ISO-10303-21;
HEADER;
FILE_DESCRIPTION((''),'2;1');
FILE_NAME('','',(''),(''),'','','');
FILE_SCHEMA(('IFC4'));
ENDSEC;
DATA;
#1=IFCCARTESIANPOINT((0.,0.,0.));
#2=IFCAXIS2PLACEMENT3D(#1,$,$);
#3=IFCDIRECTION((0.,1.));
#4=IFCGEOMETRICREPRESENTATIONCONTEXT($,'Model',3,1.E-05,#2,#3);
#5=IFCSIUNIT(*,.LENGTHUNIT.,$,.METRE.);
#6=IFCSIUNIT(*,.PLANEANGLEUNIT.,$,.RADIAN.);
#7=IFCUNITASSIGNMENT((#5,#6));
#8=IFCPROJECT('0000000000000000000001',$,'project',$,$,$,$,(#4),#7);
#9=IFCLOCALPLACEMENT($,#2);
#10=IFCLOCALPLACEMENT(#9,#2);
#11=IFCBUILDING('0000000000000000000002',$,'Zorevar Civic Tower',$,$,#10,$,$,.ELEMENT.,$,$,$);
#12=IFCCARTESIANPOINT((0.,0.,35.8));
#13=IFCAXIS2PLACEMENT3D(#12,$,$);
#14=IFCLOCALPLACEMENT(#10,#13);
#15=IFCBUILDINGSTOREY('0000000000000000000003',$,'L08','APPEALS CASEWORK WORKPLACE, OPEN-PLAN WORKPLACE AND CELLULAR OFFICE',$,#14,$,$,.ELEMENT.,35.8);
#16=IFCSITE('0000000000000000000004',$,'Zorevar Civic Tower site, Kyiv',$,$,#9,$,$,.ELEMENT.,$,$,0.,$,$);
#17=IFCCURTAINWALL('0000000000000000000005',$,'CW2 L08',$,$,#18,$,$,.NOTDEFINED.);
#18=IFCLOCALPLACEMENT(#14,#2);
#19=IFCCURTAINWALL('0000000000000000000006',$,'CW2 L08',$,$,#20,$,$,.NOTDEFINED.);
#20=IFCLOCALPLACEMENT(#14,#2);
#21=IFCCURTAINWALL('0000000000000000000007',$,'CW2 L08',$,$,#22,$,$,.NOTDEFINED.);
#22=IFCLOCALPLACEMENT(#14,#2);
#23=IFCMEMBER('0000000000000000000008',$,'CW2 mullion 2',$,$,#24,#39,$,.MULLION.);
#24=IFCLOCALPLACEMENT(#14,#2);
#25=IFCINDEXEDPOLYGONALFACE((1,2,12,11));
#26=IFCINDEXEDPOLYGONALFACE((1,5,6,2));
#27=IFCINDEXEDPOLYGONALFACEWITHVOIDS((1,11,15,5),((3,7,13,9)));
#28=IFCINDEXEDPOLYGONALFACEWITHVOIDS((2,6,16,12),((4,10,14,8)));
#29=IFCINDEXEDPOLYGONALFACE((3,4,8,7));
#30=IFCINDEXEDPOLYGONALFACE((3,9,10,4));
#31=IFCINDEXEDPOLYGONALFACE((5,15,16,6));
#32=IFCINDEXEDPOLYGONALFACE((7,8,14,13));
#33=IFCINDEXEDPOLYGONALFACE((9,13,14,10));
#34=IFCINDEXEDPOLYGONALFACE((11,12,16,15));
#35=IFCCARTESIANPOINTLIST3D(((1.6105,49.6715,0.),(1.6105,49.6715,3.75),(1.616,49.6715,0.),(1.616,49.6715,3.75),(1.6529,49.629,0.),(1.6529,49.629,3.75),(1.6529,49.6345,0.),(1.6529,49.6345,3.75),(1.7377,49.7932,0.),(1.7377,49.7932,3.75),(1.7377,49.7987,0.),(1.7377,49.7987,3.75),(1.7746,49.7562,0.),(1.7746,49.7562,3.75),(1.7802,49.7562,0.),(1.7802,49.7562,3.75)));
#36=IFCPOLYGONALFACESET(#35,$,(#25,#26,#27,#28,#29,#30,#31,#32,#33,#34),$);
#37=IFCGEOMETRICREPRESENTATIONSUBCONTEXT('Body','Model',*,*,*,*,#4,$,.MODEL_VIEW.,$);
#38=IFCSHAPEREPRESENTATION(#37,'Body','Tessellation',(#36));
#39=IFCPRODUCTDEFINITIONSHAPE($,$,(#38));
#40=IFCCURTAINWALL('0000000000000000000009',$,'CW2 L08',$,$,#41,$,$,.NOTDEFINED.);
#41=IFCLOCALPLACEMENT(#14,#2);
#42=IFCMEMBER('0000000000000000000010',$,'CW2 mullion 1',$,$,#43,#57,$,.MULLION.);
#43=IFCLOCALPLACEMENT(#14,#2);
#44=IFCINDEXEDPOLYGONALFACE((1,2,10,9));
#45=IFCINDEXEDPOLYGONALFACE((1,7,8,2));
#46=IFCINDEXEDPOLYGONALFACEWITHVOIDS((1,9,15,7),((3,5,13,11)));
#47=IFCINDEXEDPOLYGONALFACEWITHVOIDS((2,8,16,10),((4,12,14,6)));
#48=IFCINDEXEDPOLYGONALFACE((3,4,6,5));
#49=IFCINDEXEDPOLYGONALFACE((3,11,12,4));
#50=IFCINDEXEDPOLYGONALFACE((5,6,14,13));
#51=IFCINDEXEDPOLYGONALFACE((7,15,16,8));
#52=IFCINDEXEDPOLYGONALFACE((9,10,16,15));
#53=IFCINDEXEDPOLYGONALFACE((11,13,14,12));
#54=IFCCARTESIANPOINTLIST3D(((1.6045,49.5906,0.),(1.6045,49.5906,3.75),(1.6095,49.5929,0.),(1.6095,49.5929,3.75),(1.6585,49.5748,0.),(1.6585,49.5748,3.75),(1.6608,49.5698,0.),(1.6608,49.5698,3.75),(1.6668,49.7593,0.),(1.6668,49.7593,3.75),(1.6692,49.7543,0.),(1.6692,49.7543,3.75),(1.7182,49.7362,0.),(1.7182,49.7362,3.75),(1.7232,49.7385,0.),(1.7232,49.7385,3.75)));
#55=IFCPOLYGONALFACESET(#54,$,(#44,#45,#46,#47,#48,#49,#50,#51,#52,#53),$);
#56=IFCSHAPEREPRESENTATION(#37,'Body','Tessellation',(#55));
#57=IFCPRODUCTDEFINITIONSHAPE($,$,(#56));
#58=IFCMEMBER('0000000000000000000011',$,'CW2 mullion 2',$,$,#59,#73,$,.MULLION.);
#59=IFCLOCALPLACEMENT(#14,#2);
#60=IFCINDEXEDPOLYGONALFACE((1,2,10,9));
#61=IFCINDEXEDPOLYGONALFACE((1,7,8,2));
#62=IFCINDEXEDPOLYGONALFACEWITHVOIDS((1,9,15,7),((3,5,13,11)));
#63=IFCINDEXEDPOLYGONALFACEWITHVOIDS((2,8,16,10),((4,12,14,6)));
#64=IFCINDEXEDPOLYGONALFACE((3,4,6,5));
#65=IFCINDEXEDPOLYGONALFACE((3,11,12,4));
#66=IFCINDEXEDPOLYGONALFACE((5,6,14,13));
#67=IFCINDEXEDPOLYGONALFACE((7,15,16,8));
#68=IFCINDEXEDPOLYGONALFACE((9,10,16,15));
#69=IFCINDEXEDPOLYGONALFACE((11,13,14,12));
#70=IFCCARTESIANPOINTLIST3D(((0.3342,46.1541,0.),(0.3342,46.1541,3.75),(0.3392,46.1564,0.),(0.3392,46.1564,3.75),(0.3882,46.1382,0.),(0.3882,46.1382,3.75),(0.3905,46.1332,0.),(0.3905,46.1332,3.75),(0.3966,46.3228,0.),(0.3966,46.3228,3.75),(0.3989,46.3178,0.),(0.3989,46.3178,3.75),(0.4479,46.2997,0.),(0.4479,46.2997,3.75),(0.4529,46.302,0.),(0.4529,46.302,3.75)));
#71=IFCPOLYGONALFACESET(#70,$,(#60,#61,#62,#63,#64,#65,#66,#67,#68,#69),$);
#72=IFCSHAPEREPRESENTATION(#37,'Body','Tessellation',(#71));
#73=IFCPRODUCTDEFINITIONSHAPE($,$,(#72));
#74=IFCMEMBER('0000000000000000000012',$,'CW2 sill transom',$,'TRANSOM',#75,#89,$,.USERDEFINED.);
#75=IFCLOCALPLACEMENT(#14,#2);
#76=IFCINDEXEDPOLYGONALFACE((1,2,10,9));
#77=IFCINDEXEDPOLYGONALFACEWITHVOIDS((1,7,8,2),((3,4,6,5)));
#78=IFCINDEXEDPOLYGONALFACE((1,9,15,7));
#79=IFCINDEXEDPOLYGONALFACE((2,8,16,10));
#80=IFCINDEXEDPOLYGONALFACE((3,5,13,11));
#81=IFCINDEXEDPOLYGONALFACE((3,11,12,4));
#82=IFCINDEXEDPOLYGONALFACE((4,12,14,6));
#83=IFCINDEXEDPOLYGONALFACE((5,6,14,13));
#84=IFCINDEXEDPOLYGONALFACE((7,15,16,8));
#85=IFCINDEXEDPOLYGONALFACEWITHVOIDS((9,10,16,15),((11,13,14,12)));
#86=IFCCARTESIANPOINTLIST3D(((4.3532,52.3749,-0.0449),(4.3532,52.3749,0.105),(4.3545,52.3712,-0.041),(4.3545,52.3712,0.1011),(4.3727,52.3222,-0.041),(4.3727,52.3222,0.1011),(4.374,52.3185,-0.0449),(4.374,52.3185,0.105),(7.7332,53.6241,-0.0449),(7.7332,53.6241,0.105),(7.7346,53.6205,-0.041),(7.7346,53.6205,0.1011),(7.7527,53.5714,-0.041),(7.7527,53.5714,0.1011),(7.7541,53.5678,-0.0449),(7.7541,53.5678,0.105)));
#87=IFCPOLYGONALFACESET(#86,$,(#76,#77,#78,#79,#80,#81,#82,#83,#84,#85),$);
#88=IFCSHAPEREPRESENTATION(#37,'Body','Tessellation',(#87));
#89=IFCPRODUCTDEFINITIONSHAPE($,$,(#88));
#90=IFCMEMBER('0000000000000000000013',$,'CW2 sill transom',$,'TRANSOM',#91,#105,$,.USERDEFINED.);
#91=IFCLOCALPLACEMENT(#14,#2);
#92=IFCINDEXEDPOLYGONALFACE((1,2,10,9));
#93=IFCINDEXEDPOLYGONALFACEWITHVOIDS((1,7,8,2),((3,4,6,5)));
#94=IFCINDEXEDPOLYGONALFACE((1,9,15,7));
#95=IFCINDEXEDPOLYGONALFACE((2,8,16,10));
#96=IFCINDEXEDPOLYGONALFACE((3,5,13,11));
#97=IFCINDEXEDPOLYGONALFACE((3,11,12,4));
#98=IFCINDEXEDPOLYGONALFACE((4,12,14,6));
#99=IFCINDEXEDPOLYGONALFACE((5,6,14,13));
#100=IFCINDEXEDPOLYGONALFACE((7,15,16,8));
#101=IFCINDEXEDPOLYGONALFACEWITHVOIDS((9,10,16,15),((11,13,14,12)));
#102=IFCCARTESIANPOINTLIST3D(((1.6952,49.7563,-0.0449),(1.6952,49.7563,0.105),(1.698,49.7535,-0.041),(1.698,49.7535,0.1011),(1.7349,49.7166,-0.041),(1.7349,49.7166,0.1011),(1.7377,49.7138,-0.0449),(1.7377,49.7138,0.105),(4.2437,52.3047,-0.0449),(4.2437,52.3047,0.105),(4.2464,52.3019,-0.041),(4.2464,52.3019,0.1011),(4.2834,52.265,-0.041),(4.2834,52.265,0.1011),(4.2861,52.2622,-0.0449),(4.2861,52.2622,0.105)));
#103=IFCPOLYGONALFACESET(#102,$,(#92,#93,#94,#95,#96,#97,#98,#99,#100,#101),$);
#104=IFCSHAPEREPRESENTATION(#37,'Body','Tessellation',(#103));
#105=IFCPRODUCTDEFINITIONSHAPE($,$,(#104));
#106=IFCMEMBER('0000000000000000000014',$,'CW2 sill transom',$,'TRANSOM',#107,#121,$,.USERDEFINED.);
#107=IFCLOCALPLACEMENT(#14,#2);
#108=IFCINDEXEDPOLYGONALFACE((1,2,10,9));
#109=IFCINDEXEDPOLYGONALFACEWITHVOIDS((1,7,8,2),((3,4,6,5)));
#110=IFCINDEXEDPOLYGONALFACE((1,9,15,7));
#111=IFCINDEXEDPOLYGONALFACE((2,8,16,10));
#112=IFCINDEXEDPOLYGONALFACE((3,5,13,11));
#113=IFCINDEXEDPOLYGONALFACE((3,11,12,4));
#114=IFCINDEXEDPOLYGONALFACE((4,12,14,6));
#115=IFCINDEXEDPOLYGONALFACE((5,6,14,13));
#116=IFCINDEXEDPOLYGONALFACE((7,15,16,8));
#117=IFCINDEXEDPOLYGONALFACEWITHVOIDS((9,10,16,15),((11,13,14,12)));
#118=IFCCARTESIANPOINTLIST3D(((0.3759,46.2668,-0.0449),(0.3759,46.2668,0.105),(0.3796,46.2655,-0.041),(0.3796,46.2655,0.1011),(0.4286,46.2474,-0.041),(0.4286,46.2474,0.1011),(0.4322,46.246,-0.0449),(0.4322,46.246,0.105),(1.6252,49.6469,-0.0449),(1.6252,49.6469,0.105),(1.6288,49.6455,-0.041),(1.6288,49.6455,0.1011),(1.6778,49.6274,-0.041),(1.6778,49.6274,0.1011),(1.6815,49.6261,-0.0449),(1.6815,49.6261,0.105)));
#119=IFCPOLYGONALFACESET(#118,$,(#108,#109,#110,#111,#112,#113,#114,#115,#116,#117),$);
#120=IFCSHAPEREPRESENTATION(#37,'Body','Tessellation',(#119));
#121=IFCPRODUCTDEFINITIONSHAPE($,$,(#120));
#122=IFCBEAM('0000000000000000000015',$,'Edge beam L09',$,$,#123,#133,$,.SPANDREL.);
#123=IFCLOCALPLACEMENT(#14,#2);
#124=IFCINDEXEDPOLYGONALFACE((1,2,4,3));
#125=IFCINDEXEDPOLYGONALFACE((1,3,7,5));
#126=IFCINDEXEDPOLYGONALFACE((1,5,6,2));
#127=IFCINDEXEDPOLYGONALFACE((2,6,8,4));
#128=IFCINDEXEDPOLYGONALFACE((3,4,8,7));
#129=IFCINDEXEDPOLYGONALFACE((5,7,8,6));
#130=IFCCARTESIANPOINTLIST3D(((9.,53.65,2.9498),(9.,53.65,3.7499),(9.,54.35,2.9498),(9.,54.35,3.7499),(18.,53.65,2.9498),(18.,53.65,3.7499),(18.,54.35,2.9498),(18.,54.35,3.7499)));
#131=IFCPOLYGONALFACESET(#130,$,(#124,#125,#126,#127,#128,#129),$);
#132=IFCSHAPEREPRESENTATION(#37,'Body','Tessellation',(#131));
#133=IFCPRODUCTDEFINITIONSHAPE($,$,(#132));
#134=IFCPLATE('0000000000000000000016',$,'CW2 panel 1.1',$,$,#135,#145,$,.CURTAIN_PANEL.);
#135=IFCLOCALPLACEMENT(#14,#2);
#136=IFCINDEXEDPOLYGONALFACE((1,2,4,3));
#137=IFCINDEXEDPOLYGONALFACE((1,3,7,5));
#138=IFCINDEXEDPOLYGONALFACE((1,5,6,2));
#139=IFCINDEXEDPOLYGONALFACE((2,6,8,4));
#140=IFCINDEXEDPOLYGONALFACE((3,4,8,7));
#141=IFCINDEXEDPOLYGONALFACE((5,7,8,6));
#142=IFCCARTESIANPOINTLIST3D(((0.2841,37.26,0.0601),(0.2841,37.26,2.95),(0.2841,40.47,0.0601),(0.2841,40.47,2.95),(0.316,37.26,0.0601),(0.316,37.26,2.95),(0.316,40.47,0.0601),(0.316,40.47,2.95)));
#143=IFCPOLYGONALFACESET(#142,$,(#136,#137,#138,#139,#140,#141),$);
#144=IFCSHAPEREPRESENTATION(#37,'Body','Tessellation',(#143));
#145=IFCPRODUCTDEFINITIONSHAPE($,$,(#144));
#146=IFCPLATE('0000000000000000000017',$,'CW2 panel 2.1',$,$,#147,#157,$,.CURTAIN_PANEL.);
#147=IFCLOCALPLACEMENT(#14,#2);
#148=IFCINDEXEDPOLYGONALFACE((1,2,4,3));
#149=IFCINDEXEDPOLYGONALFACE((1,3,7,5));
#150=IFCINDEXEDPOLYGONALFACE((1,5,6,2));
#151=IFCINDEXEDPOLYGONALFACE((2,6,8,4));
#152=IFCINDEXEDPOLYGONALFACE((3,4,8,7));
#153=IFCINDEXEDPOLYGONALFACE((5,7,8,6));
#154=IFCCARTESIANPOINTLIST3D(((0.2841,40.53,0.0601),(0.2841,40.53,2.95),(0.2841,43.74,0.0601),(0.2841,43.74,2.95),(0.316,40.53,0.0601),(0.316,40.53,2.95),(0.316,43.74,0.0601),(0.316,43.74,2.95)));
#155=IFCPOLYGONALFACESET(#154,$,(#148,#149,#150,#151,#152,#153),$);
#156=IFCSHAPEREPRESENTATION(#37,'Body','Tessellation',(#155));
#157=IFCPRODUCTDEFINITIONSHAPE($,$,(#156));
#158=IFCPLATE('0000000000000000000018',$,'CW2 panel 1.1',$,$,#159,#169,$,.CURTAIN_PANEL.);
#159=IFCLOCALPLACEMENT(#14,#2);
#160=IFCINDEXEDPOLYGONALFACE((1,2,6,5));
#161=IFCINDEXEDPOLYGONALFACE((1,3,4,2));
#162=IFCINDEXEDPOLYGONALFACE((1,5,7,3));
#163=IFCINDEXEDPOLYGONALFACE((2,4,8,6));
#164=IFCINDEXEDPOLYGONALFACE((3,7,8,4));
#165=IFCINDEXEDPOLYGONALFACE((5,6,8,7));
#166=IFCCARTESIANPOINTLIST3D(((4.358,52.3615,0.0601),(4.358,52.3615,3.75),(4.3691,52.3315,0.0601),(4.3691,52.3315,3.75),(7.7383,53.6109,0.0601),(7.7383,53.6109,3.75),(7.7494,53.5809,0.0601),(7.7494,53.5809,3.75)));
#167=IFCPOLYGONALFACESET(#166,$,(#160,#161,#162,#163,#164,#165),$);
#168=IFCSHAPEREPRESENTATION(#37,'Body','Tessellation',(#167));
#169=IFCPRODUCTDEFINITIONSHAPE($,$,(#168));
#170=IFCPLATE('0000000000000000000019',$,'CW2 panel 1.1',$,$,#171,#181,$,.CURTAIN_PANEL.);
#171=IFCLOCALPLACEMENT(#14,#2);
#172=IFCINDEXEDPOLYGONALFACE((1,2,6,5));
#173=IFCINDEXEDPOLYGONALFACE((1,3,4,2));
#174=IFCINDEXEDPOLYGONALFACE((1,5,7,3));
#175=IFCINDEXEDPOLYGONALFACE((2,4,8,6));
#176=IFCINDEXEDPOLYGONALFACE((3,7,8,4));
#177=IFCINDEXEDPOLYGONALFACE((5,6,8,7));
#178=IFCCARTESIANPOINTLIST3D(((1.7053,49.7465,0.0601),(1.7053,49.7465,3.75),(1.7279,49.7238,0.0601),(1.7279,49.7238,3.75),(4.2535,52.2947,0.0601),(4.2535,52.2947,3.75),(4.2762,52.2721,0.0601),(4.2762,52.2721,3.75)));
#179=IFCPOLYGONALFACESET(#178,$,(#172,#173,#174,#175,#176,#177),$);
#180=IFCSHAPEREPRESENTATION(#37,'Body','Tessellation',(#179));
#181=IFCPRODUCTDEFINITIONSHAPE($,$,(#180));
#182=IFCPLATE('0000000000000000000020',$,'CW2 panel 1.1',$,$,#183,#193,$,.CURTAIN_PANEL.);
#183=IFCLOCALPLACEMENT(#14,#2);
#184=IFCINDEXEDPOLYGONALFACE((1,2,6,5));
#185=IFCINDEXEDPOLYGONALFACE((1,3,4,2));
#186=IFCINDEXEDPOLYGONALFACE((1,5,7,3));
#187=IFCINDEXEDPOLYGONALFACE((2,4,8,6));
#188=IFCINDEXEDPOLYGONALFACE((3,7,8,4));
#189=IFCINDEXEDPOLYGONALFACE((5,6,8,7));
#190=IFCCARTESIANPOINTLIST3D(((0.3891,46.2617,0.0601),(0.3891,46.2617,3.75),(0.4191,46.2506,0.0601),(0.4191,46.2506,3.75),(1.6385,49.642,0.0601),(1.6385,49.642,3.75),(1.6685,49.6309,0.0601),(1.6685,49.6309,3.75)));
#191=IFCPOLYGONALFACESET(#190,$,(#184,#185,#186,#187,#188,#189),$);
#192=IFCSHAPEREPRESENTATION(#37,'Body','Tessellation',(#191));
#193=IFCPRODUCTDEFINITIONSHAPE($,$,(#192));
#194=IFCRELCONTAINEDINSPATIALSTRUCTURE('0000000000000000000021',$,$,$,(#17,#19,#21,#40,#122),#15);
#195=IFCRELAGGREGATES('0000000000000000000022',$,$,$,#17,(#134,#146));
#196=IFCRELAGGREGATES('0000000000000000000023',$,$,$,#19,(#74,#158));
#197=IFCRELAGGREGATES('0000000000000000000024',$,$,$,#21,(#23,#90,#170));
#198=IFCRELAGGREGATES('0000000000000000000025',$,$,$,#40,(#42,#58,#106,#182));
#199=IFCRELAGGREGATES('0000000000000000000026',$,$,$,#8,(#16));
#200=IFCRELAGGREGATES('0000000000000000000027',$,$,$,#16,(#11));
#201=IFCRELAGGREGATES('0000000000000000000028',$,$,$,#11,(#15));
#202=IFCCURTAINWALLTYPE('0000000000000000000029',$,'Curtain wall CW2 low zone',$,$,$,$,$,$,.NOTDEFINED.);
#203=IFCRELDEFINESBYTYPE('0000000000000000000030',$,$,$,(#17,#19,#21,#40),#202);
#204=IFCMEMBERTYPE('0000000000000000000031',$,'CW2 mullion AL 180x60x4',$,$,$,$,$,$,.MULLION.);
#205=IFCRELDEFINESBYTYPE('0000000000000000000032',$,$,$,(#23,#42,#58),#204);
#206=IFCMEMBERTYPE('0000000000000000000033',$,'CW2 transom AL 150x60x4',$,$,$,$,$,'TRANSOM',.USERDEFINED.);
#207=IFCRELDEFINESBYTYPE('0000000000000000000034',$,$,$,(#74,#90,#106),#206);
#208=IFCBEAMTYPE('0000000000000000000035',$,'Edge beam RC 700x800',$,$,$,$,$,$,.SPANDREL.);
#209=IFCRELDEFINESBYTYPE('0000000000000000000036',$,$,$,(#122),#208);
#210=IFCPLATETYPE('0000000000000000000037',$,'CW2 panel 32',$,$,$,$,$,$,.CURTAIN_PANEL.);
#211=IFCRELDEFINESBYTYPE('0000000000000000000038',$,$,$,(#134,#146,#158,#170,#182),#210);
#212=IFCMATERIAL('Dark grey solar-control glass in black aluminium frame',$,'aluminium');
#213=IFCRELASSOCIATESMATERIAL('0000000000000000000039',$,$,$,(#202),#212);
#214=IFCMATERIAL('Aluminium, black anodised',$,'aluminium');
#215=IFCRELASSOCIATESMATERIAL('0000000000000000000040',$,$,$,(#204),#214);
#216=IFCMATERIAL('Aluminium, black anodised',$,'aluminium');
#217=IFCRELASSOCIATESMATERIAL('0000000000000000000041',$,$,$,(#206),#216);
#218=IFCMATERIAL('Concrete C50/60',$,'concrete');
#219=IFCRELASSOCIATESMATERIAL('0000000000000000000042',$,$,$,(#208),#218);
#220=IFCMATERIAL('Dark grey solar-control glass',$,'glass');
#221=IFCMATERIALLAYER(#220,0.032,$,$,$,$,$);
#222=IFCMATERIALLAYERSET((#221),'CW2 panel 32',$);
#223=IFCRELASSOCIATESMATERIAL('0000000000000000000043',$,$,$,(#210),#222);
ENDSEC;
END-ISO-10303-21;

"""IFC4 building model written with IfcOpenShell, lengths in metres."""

from ifc_helpers import new_model, si_unit, direction, frame, origin, origin_2d, place, context, subcontext, project, spatial, rectangle, hollow_rectangle, extrude, material, layer, layer_set, material_profile, profile_set, type_object, element, aggregate, save


model = new_model("IFC4")

# Units and contexts
model_context = context("Model", 3, precision=1e-05, world=origin(), true_north=direction((0.0, 1.0)))
body_context = subcontext(model_context, "Body", "Model", "MODEL_VIEW")
ifc_project = project(units=[si_unit("LENGTHUNIT", "METRE"), si_unit("PLANEANGLEUNIT", "RADIAN")], contexts=[model_context])

# Site, building, storey
site_placement = place(None, origin())
site = spatial("IfcSite", under=ifc_project, at=site_placement, Name="Zorevar Civic Tower site, Kyiv", CompositionType="ELEMENT", RefElevation=0.0)
building_placement = place(site_placement, origin())
building = spatial("IfcBuilding", under=site, at=building_placement, Name="Zorevar Civic Tower", CompositionType="ELEMENT")
storey_placement = place(building_placement, frame((0.0, 0.0, 35.8)))
storey = spatial("IfcBuildingStorey", under=building, at=storey_placement, Name="L08", Description="APPEALS CASEWORK WORKPLACE, OPEN-PLAN WORKPLACE AND CELLULAR OFFICE", CompositionType="ELEMENT", Elevation=35.8)

# Curtain walls, members
ifc_material_1 = material(Name="Dark grey solar-control glass in black aluminium frame", Category="aluminium")
curtain_wall_type = type_object("IfcCurtainWallType", Name="Curtain wall CW2 low zone", PredefinedType="NOTDEFINED", material=ifc_material_1)
curtain_wall_1_placement = place(storey_placement, origin())
curtain_wall_1 = element("IfcCurtainWall", 1, at=curtain_wall_1_placement, inside=storey, type_object=curtain_wall_type, Name="CW2 L08", PredefinedType="NOTDEFINED")
ifc_material_2 = material(Name="Aluminium, black anodised", Category="aluminium")
ifc_material_profile_1 = material_profile(ifc_material_2, hollow_rectangle(XDim=0.0601, YDim=0.1799, WallThickness=0.0039, at=origin_2d()), Name="AL 180x60x4")
ifc_profile_set_1 = profile_set([ifc_material_profile_1], Name="Aluminium, black anodised")
member_type_1 = type_object("IfcMemberType", Name="CW2 mullion AL 180x60x4", PredefinedType="MULLION", material=ifc_profile_set_1)
curtain_wall_2_placement = place(storey_placement, origin())
curtain_wall_2 = element("IfcCurtainWall", 2, at=curtain_wall_2_placement, inside=storey, type_object=curtain_wall_type, Name="CW2 L08", PredefinedType="NOTDEFINED")
curtain_wall_3_placement = place(storey_placement, origin())
curtain_wall_3 = element("IfcCurtainWall", 3, at=curtain_wall_3_placement, inside=storey, type_object=curtain_wall_type, Name="CW2 L08", PredefinedType="NOTDEFINED")
member_1_placement = place(storey_placement, frame((1.6953, 49.7139, 0.0), z_axis=(0.0, 0.0, 1.0), x_axis=(0.707107, -0.707107, 0.0)))
member_1 = element("IfcMember", 4, at=member_1_placement, type_object=member_type_1, Name="CW2 mullion 2", PredefinedType="MULLION", context=body_context, shape_type="SweptSolid", body=[
    extrude(hollow_rectangle(XDim=0.0601, YDim=0.1799, WallThickness=0.0039, at=origin_2d()), origin(), (0.0, 0.0, 1.0), 3.75),
])
curtain_wall_4_placement = place(storey_placement, origin())
curtain_wall_4 = element("IfcCurtainWall", 5, at=curtain_wall_4_placement, inside=storey, type_object=curtain_wall_type, Name="CW2 L08", PredefinedType="NOTDEFINED")
member_2_placement = place(storey_placement, frame((1.6638, 49.6646, 0.0), z_axis=(0.0, 0.0, 1.0), x_axis=(0.937975, -0.346704, 0.0)))
member_2 = element("IfcMember", 6, at=member_2_placement, type_object=member_type_1, Name="CW2 mullion 1", PredefinedType="MULLION", context=body_context, shape_type="SweptSolid", body=[
    extrude(hollow_rectangle(XDim=0.0601, YDim=0.1799, WallThickness=0.0039, at=origin_2d()), origin(), (0.0, 0.0, 1.0), 3.75),
])
member_3_placement = place(storey_placement, frame((0.3936, 46.228, 0.0), z_axis=(0.0, 0.0, 1.0), x_axis=(0.937975, -0.346704, 0.0)))
member_3 = element("IfcMember", 7, at=member_3_placement, type_object=member_type_1, Name="CW2 mullion 2", PredefinedType="MULLION", context=body_context, shape_type="SweptSolid", body=[
    extrude(hollow_rectangle(XDim=0.0601, YDim=0.1799, WallThickness=0.0039, at=origin_2d()), origin(), (0.0, 0.0, 1.0), 3.75),
])

# Members
ifc_material_3 = material(Name="Aluminium, black anodised", Category="aluminium")
ifc_material_profile_2 = material_profile(ifc_material_3, hollow_rectangle(XDim=0.0601, YDim=0.1499, WallThickness=0.0039, at=origin_2d()), Name="AL 150x60x4")
ifc_profile_set_2 = profile_set([ifc_material_profile_2], Name="Aluminium, black anodised")
member_type_2 = type_object("IfcMemberType", Name="CW2 transom AL 150x60x4", ElementType="TRANSOM", PredefinedType="USERDEFINED", material=ifc_profile_set_2)
member_4_placement = place(storey_placement, frame((7.7437, 53.5959, 0.03), z_axis=(-0.937986, -0.346672, 0.0), x_axis=(0.346672, -0.937986, 0.0)))
member_4 = element("IfcMember", 8, at=member_4_placement, type_object=member_type_2, Name="CW2 sill transom", ObjectType="TRANSOM", PredefinedType="USERDEFINED", context=body_context, shape_type="SweptSolid", body=[
    extrude(hollow_rectangle(XDim=0.0601, YDim=0.1499, WallThickness=0.0039, at=origin_2d()), origin(), (0.0, 0.0, 1.0), 3.6035),
])
member_5_placement = place(storey_placement, frame((4.2649, 52.2834, 0.03), z_axis=(-0.707107, -0.707107, 0.0), x_axis=(0.707107, -0.707107, 0.0)))
member_5 = element("IfcMember", 9, at=member_5_placement, type_object=member_type_2, Name="CW2 sill transom", ObjectType="TRANSOM", PredefinedType="USERDEFINED", context=body_context, shape_type="SweptSolid", body=[
    extrude(hollow_rectangle(XDim=0.0601, YDim=0.1499, WallThickness=0.0039, at=origin_2d()), origin(), (0.0, 0.0, 1.0), 3.604),
])
member_6_placement = place(storey_placement, frame((1.6533, 49.6365, 0.03), z_axis=(-0.346672, -0.937986, 0.0), x_axis=(0.937986, -0.346672, 0.0)))
member_6 = element("IfcMember", 10, at=member_6_placement, type_object=member_type_2, Name="CW2 sill transom", ObjectType="TRANSOM", PredefinedType="USERDEFINED", context=body_context, shape_type="SweptSolid", body=[
    extrude(hollow_rectangle(XDim=0.0601, YDim=0.1499, WallThickness=0.0039, at=origin_2d()), origin(), (0.0, 0.0, 1.0), 3.6035),
])

# Beam
ifc_material_4 = material(Name="Concrete C50/60", Category="concrete")
ifc_material_profile_3 = material_profile(ifc_material_4, rectangle(XDim=0.7, YDim=0.8, at=origin_2d()), Name="RC 700x800")
ifc_profile_set_3 = profile_set([ifc_material_profile_3], Name="Concrete C50/60")
beam_type_1 = type_object("IfcBeamType", Name="Edge beam RC 700x800", PredefinedType="SPANDREL", material=ifc_profile_set_3)
beam_1_placement = place(storey_placement, frame((9.0, 54.0, 3.3499), z_axis=(1.0, 0.0, 0.0), x_axis=(0.0, 1.0, 0.0)))
element("IfcBeam", 11, at=beam_1_placement, inside=storey, type_object=beam_type_1, Name="Edge beam L09", PredefinedType="SPANDREL", context=body_context, shape_type="SweptSolid", body=[
    extrude(rectangle(XDim=0.7, YDim=0.8, at=origin_2d()), origin(), (0.0, 0.0, 1.0), 9.0),
])

# Plates
ifc_material_5 = material(Name="Dark grey solar-control glass", Category="glass")
ifc_layer_1 = layer(ifc_material_5, 0.032)
ifc_layer_set_1 = layer_set([ifc_layer_1], Name="CW2 panel 32")
plate_type = type_object("IfcPlateType", Name="CW2 panel 32", PredefinedType="CURTAIN_PANEL", material=ifc_layer_set_1)
plate_1_placement = place(storey_placement, frame((0.3, 38.865, 0.0601), z_axis=(0.0, 0.0, 1.0), x_axis=(0.0, 1.0, 0.0)))
plate_1 = element("IfcPlate", 12, at=plate_1_placement, type_object=plate_type, Name="CW2 panel 1.1", PredefinedType="CURTAIN_PANEL", context=body_context, shape_type="SweptSolid", body=[
    extrude(rectangle(XDim=3.21, YDim=0.032, at=origin_2d()), origin(), (0.0, 0.0, 1.0), 2.8899),
])
plate_2_placement = place(storey_placement, frame((0.3, 42.135, 0.0601), z_axis=(0.0, 0.0, 1.0), x_axis=(0.0, 1.0, 0.0)))
plate_2 = element("IfcPlate", 13, at=plate_2_placement, type_object=plate_type, Name="CW2 panel 2.1", PredefinedType="CURTAIN_PANEL", context=body_context, shape_type="SweptSolid", body=[
    extrude(rectangle(XDim=3.21, YDim=0.032, at=origin_2d()), origin(), (0.0, 0.0, 1.0), 2.8899),
])
aggregate(curtain_wall_1, [plate_1, plate_2])
plate_3_placement = place(storey_placement, frame((6.0537, 52.9712, 0.0601), z_axis=(0.0, 0.0, 1.0), x_axis=(-0.937975, -0.346704, 0.0)))
plate_3 = element("IfcPlate", 14, at=plate_3_placement, type_object=plate_type, Name="CW2 panel 1.1", PredefinedType="CURTAIN_PANEL", context=body_context, shape_type="SweptSolid", body=[
    extrude(rectangle(XDim=3.6038, YDim=0.032, at=origin_2d()), origin(), (0.0, 0.0, 1.0), 3.6899),
])
aggregate(curtain_wall_2, [member_4, plate_3])
plate_4_placement = place(storey_placement, frame((2.9907, 51.0093, 0.0601), z_axis=(0.0, 0.0, 1.0), x_axis=(-0.707107, -0.707107, 0.0)))
plate_4 = element("IfcPlate", 15, at=plate_4_placement, type_object=plate_type, Name="CW2 panel 1.1", PredefinedType="CURTAIN_PANEL", context=body_context, shape_type="SweptSolid", body=[
    extrude(rectangle(XDim=3.6038, YDim=0.032, at=origin_2d()), origin(), (0.0, 0.0, 1.0), 3.6899),
])
aggregate(curtain_wall_3, [member_1, member_5, plate_4])
plate_5_placement = place(storey_placement, frame((1.0288, 47.9463, 0.0601), z_axis=(0.0, 0.0, 1.0), x_axis=(-0.346704, -0.937975, 0.0)))
plate_5 = element("IfcPlate", 16, at=plate_5_placement, type_object=plate_type, Name="CW2 panel 1.1", PredefinedType="CURTAIN_PANEL", context=body_context, shape_type="SweptSolid", body=[
    extrude(rectangle(XDim=3.6038, YDim=0.032, at=origin_2d()), origin(), (0.0, 0.0, 1.0), 3.6899),
])
aggregate(curtain_wall_4, [member_2, member_3, member_6, plate_5])

save(model, "model.ifc")
